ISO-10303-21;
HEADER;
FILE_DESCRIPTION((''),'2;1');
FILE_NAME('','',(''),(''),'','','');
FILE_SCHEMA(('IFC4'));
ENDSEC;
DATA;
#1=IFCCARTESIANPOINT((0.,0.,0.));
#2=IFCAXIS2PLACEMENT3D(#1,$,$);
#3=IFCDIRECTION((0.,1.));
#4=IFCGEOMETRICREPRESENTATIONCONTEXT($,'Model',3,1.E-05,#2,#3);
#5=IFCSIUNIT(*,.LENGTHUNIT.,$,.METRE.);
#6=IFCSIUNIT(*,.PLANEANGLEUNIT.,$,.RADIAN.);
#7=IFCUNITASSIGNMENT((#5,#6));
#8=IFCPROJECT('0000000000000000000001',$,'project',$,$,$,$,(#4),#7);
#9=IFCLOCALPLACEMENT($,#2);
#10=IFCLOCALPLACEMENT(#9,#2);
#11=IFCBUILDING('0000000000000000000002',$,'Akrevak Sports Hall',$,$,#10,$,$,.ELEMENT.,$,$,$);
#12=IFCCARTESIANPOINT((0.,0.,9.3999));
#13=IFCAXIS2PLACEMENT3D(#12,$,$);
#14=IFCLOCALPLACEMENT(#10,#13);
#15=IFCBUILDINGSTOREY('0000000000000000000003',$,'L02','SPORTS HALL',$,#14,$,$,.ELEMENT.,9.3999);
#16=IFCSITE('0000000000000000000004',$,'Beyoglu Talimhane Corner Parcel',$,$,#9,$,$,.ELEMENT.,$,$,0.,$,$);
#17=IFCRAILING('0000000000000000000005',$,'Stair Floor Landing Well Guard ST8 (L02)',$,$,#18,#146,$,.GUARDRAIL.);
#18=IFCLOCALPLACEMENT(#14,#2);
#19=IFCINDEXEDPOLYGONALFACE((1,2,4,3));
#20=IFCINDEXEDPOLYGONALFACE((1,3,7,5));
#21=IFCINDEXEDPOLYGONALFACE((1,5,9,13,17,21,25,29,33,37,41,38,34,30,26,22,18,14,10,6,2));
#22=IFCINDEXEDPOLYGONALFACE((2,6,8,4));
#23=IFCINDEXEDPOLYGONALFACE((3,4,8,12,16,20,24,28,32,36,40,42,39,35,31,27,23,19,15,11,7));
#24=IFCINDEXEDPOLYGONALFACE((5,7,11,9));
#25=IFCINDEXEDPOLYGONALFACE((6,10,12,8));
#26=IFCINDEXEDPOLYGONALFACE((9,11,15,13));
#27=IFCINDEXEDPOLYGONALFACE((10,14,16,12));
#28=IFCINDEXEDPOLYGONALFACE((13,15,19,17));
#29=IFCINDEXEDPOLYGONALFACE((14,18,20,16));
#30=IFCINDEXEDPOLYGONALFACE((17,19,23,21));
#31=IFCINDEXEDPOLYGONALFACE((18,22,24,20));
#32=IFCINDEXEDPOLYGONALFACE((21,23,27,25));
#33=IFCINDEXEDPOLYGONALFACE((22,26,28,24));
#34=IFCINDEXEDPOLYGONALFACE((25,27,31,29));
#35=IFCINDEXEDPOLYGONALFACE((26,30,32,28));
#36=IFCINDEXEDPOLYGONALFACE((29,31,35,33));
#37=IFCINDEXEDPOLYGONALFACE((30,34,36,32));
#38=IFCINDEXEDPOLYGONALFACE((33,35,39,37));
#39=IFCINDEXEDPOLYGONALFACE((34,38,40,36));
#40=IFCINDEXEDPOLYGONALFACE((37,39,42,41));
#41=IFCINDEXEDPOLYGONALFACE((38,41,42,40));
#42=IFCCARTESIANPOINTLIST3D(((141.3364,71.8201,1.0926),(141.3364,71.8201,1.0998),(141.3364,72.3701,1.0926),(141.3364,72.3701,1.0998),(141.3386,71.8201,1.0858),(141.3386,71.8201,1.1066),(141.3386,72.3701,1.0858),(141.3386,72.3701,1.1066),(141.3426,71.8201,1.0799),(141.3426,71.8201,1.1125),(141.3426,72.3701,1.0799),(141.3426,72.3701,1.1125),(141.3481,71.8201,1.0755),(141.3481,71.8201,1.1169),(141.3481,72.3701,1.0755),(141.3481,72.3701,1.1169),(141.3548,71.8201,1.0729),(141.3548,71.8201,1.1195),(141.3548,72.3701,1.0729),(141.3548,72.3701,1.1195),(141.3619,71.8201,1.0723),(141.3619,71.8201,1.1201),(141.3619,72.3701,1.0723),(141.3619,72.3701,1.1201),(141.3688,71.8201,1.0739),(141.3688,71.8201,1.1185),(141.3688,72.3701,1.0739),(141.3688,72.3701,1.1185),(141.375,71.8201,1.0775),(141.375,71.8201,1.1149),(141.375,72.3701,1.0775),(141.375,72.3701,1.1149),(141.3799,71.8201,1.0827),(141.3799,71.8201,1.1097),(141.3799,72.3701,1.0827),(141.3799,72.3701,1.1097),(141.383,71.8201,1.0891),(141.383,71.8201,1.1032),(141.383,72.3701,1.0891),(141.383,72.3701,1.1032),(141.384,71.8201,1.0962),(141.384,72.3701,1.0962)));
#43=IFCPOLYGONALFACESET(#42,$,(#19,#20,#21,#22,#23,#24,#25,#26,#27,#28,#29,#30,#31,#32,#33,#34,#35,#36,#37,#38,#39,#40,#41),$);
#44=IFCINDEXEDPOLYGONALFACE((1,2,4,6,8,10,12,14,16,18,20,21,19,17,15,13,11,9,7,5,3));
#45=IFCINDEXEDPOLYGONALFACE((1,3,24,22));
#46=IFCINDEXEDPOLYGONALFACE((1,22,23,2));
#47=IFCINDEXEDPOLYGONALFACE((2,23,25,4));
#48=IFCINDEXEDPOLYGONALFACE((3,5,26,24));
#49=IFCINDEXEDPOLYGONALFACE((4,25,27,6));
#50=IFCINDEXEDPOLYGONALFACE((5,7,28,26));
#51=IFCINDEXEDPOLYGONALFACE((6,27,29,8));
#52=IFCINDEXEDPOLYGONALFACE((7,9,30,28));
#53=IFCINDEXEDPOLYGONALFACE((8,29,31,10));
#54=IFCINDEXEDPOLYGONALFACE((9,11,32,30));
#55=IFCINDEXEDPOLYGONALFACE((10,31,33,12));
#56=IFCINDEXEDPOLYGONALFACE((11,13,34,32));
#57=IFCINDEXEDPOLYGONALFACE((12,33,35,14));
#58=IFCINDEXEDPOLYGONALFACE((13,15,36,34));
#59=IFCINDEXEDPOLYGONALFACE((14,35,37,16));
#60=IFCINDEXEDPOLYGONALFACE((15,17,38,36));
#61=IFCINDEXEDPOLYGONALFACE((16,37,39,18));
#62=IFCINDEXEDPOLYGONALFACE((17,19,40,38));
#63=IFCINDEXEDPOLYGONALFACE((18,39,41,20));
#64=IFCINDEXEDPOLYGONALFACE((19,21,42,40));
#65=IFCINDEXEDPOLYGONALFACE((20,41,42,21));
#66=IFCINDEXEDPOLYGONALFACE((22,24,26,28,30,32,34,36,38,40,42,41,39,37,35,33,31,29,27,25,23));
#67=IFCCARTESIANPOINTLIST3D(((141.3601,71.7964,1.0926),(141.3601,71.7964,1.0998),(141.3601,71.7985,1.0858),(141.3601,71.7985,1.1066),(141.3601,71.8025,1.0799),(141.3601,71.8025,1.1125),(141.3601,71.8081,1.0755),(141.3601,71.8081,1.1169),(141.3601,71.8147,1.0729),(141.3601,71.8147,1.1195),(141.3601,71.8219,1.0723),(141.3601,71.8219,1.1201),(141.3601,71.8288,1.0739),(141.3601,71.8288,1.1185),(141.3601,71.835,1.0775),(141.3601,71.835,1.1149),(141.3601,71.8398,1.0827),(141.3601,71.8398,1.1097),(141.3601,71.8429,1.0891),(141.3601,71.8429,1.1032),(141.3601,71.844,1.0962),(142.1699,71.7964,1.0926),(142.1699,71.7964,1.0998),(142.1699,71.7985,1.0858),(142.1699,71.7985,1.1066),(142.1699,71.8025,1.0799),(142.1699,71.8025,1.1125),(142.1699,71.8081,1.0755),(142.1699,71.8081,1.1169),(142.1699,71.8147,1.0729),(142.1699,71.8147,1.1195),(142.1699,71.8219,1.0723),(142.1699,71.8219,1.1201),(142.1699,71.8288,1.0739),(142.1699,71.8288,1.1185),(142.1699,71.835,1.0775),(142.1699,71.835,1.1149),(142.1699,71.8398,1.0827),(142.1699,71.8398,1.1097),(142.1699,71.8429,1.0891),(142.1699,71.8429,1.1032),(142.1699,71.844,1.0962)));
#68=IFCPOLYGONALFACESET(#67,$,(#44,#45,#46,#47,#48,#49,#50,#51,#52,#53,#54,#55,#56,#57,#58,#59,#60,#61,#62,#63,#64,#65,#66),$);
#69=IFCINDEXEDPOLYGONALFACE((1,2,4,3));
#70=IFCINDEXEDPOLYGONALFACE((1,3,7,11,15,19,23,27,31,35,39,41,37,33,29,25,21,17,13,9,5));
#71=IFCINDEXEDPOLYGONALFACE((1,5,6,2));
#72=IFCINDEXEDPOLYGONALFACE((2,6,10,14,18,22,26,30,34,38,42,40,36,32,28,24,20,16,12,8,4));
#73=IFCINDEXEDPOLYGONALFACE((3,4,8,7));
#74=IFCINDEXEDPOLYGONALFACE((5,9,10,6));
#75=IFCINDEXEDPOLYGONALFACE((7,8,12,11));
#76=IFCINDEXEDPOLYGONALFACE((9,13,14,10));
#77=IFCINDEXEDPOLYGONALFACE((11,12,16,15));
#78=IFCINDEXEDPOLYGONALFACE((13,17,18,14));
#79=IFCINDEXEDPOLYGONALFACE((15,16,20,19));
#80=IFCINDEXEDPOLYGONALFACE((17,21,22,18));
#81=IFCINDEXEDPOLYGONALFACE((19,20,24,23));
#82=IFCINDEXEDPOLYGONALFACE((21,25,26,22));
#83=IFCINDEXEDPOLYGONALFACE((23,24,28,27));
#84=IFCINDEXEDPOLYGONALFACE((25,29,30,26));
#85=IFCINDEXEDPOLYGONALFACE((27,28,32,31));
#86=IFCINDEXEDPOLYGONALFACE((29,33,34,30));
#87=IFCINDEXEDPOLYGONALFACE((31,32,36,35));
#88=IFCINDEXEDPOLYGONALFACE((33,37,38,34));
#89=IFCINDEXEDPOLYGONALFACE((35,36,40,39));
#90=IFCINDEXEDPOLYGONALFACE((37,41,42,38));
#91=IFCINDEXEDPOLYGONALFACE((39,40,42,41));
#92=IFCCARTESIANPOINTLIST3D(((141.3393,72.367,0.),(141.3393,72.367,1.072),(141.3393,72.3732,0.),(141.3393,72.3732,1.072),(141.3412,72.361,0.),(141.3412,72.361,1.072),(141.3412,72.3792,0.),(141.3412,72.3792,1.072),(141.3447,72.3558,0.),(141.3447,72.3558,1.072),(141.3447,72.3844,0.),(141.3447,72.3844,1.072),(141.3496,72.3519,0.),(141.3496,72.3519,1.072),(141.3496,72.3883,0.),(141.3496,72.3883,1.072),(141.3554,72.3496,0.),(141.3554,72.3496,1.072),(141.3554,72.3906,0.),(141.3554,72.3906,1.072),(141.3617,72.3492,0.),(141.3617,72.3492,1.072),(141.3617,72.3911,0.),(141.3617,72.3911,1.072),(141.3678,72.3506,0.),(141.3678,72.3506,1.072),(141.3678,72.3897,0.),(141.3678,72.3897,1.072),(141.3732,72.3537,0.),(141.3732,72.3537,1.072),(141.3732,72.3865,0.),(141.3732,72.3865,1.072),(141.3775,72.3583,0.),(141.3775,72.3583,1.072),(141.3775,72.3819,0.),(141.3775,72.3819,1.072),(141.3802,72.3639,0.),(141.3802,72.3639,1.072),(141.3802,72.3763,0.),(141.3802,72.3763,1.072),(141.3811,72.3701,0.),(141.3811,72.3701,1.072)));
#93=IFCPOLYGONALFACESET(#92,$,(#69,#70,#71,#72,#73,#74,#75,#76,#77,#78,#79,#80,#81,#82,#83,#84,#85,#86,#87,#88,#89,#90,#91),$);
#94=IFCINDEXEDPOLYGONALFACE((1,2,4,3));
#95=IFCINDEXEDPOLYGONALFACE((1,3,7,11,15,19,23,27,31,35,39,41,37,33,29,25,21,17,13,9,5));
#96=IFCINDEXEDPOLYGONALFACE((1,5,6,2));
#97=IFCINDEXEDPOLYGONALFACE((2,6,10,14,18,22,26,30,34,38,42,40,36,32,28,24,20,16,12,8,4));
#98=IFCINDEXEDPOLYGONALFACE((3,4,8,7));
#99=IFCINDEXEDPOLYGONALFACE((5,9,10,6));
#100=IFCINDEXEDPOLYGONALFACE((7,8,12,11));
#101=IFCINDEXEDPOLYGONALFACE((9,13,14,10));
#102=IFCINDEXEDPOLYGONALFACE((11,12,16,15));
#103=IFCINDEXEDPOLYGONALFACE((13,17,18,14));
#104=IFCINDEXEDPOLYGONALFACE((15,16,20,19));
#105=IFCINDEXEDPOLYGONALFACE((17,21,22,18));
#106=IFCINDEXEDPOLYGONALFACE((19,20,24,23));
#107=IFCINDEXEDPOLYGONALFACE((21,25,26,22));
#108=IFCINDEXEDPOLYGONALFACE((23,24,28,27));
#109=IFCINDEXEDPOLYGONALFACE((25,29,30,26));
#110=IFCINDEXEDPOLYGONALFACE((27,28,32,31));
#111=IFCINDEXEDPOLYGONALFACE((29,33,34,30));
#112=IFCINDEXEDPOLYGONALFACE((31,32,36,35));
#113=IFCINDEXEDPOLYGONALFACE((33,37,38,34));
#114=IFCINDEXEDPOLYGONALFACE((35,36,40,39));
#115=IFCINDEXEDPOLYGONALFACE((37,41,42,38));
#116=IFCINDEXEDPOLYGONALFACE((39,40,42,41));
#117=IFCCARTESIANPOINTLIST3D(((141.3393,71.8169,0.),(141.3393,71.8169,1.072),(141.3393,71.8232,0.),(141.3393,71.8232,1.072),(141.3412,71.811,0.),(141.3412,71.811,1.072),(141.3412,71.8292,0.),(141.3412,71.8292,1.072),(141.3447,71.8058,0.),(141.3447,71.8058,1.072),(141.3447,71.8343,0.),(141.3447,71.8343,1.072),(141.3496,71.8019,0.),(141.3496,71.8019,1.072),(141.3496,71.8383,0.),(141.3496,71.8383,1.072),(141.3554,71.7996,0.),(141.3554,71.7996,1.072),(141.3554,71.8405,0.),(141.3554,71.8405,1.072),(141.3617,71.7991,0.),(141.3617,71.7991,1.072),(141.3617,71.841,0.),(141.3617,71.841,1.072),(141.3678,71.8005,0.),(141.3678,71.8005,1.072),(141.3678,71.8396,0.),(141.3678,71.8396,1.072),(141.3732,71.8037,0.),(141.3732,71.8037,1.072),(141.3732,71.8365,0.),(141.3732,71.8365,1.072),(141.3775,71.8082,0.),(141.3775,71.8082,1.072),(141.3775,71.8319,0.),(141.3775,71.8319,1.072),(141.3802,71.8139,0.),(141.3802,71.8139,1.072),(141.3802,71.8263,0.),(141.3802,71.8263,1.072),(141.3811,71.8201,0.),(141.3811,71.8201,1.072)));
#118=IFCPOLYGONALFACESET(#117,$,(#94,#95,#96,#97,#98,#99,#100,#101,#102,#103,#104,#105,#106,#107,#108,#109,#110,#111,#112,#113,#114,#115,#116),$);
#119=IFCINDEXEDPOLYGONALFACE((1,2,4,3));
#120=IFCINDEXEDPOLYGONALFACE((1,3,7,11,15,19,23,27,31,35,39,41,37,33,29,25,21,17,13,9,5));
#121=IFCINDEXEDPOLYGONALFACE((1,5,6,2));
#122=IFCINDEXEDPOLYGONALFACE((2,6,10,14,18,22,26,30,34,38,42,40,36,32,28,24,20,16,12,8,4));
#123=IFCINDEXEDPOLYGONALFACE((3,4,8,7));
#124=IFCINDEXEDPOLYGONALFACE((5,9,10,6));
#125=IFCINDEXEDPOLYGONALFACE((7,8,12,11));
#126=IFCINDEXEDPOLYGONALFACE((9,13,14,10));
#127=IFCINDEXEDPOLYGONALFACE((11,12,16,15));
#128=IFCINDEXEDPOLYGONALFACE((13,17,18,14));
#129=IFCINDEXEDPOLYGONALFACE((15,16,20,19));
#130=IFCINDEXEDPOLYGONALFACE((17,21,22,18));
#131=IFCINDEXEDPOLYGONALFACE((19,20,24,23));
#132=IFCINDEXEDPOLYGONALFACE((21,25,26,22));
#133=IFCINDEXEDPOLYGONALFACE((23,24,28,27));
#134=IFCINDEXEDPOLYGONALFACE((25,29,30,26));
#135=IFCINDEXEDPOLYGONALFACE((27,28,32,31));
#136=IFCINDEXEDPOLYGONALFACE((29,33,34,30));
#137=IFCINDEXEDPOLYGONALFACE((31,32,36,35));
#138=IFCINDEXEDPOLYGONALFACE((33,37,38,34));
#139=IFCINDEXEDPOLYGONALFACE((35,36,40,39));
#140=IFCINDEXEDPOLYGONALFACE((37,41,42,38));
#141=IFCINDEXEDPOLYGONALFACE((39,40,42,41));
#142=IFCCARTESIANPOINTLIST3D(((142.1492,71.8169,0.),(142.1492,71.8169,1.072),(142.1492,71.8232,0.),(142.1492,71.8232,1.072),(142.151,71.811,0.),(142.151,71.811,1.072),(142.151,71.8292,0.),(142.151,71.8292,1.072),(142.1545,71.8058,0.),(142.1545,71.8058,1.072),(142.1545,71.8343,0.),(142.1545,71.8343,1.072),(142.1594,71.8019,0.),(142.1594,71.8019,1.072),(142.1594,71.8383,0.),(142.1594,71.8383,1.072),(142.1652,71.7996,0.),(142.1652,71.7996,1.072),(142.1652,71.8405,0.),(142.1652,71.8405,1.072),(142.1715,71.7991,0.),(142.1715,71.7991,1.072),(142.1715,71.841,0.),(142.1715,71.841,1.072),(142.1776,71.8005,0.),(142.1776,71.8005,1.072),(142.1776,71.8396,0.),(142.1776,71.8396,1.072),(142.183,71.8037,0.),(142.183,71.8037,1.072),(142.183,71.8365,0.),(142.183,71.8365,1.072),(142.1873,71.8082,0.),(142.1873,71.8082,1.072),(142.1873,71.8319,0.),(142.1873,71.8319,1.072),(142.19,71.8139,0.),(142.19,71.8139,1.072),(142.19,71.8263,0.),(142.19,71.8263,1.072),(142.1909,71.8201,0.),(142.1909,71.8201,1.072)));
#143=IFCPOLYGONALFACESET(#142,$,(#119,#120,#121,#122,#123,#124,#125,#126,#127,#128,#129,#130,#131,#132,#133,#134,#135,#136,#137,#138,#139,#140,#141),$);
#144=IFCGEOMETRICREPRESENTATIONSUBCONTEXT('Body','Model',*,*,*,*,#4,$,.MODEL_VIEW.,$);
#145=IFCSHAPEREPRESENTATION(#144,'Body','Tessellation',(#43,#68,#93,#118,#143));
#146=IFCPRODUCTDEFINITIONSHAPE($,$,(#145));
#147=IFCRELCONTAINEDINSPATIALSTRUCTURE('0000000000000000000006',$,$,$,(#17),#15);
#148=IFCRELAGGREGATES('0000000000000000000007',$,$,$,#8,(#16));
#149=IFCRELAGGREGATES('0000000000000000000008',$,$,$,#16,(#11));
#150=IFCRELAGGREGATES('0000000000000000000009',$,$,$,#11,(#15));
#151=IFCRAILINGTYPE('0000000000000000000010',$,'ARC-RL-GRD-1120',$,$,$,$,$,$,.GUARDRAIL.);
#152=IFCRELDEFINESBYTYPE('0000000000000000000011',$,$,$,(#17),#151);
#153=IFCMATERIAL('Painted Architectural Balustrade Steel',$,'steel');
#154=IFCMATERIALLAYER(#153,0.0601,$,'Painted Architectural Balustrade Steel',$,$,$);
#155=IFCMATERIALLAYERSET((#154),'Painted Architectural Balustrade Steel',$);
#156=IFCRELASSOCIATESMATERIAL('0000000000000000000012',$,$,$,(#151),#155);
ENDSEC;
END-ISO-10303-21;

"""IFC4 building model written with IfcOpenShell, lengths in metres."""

from ifc_helpers import new_model, si_unit, direction, frame, origin, origin_2d, place, context, subcontext, project, spatial, circle, extrude, material, layer, layer_set, type_object, element, save


model = new_model("IFC4")

# Units and contexts
model_context = context("Model", 3, precision=1e-05, world=origin(), true_north=direction((0.0, 1.0)))
body_context = subcontext(model_context, "Body", "Model", "MODEL_VIEW")
ifc_project = project(units=[si_unit("LENGTHUNIT", "METRE"), si_unit("PLANEANGLEUNIT", "RADIAN")], contexts=[model_context])

# Site, building, storey
site_placement = place(None, origin())
site = spatial("IfcSite", under=ifc_project, at=site_placement, Name="Beyoglu Talimhane Corner Parcel", CompositionType="ELEMENT", RefElevation=0.0)
building_placement = place(site_placement, origin())
building = spatial("IfcBuilding", under=site, at=building_placement, Name="Akrevak Sports Hall", CompositionType="ELEMENT")
storey_placement = place(building_placement, frame((0.0, 0.0, 9.3999)))
storey = spatial("IfcBuildingStorey", under=building, at=storey_placement, Name="L02", Description="SPORTS HALL", CompositionType="ELEMENT", Elevation=9.3999)

# Railing
ifc_material_1 = material(Name="Painted Architectural Balustrade Steel", Category="steel")
ifc_layer_1 = layer(ifc_material_1, 0.0601, Name="Painted Architectural Balustrade Steel")
ifc_layer_set_1 = layer_set([ifc_layer_1], Name="Painted Architectural Balustrade Steel")
railing_type_1 = type_object("IfcRailingType", Name="ARC-RL-GRD-1120", PredefinedType="GUARDRAIL", material=ifc_layer_set_1)
railing_1_placement = place(storey_placement, frame((141.3601, 72.3701, 0.0)))
element("IfcRailing", 1, at=railing_1_placement, inside=storey, type_object=railing_type_1, Name="Stair Floor Landing Well Guard ST8 (L02)", PredefinedType="GUARDRAIL", context=body_context, shape_type="SweptSolid", body=[
    extrude(circle(Radius=0.0239, at=origin_2d()), frame((0.0, 0.0, 1.0962), z_axis=(0.0, -1.0, 0.0), x_axis=(1.0, 0.0, 0.0)), (0.0, 0.0, 1.0), 0.55),
    extrude(circle(Radius=0.0239, at=origin_2d()), frame((0.0, -0.55, 1.0962), z_axis=(1.0, 0.0, 0.0), x_axis=(0.0, 1.0, 0.0)), (0.0, 0.0, 1.0), 0.8098),
    extrude(circle(Radius=0.021, at=origin_2d()), origin(), (0.0, 0.0, 1.0), 1.072),
    extrude(circle(Radius=0.021, at=origin_2d()), frame((0.0, -0.55, 0.0)), (0.0, 0.0, 1.0), 1.072),
    extrude(circle(Radius=0.021, at=origin_2d()), frame((0.8098, -0.55, 0.0)), (0.0, 0.0, 1.0), 1.072),
])

save(model, "model.ifc")
